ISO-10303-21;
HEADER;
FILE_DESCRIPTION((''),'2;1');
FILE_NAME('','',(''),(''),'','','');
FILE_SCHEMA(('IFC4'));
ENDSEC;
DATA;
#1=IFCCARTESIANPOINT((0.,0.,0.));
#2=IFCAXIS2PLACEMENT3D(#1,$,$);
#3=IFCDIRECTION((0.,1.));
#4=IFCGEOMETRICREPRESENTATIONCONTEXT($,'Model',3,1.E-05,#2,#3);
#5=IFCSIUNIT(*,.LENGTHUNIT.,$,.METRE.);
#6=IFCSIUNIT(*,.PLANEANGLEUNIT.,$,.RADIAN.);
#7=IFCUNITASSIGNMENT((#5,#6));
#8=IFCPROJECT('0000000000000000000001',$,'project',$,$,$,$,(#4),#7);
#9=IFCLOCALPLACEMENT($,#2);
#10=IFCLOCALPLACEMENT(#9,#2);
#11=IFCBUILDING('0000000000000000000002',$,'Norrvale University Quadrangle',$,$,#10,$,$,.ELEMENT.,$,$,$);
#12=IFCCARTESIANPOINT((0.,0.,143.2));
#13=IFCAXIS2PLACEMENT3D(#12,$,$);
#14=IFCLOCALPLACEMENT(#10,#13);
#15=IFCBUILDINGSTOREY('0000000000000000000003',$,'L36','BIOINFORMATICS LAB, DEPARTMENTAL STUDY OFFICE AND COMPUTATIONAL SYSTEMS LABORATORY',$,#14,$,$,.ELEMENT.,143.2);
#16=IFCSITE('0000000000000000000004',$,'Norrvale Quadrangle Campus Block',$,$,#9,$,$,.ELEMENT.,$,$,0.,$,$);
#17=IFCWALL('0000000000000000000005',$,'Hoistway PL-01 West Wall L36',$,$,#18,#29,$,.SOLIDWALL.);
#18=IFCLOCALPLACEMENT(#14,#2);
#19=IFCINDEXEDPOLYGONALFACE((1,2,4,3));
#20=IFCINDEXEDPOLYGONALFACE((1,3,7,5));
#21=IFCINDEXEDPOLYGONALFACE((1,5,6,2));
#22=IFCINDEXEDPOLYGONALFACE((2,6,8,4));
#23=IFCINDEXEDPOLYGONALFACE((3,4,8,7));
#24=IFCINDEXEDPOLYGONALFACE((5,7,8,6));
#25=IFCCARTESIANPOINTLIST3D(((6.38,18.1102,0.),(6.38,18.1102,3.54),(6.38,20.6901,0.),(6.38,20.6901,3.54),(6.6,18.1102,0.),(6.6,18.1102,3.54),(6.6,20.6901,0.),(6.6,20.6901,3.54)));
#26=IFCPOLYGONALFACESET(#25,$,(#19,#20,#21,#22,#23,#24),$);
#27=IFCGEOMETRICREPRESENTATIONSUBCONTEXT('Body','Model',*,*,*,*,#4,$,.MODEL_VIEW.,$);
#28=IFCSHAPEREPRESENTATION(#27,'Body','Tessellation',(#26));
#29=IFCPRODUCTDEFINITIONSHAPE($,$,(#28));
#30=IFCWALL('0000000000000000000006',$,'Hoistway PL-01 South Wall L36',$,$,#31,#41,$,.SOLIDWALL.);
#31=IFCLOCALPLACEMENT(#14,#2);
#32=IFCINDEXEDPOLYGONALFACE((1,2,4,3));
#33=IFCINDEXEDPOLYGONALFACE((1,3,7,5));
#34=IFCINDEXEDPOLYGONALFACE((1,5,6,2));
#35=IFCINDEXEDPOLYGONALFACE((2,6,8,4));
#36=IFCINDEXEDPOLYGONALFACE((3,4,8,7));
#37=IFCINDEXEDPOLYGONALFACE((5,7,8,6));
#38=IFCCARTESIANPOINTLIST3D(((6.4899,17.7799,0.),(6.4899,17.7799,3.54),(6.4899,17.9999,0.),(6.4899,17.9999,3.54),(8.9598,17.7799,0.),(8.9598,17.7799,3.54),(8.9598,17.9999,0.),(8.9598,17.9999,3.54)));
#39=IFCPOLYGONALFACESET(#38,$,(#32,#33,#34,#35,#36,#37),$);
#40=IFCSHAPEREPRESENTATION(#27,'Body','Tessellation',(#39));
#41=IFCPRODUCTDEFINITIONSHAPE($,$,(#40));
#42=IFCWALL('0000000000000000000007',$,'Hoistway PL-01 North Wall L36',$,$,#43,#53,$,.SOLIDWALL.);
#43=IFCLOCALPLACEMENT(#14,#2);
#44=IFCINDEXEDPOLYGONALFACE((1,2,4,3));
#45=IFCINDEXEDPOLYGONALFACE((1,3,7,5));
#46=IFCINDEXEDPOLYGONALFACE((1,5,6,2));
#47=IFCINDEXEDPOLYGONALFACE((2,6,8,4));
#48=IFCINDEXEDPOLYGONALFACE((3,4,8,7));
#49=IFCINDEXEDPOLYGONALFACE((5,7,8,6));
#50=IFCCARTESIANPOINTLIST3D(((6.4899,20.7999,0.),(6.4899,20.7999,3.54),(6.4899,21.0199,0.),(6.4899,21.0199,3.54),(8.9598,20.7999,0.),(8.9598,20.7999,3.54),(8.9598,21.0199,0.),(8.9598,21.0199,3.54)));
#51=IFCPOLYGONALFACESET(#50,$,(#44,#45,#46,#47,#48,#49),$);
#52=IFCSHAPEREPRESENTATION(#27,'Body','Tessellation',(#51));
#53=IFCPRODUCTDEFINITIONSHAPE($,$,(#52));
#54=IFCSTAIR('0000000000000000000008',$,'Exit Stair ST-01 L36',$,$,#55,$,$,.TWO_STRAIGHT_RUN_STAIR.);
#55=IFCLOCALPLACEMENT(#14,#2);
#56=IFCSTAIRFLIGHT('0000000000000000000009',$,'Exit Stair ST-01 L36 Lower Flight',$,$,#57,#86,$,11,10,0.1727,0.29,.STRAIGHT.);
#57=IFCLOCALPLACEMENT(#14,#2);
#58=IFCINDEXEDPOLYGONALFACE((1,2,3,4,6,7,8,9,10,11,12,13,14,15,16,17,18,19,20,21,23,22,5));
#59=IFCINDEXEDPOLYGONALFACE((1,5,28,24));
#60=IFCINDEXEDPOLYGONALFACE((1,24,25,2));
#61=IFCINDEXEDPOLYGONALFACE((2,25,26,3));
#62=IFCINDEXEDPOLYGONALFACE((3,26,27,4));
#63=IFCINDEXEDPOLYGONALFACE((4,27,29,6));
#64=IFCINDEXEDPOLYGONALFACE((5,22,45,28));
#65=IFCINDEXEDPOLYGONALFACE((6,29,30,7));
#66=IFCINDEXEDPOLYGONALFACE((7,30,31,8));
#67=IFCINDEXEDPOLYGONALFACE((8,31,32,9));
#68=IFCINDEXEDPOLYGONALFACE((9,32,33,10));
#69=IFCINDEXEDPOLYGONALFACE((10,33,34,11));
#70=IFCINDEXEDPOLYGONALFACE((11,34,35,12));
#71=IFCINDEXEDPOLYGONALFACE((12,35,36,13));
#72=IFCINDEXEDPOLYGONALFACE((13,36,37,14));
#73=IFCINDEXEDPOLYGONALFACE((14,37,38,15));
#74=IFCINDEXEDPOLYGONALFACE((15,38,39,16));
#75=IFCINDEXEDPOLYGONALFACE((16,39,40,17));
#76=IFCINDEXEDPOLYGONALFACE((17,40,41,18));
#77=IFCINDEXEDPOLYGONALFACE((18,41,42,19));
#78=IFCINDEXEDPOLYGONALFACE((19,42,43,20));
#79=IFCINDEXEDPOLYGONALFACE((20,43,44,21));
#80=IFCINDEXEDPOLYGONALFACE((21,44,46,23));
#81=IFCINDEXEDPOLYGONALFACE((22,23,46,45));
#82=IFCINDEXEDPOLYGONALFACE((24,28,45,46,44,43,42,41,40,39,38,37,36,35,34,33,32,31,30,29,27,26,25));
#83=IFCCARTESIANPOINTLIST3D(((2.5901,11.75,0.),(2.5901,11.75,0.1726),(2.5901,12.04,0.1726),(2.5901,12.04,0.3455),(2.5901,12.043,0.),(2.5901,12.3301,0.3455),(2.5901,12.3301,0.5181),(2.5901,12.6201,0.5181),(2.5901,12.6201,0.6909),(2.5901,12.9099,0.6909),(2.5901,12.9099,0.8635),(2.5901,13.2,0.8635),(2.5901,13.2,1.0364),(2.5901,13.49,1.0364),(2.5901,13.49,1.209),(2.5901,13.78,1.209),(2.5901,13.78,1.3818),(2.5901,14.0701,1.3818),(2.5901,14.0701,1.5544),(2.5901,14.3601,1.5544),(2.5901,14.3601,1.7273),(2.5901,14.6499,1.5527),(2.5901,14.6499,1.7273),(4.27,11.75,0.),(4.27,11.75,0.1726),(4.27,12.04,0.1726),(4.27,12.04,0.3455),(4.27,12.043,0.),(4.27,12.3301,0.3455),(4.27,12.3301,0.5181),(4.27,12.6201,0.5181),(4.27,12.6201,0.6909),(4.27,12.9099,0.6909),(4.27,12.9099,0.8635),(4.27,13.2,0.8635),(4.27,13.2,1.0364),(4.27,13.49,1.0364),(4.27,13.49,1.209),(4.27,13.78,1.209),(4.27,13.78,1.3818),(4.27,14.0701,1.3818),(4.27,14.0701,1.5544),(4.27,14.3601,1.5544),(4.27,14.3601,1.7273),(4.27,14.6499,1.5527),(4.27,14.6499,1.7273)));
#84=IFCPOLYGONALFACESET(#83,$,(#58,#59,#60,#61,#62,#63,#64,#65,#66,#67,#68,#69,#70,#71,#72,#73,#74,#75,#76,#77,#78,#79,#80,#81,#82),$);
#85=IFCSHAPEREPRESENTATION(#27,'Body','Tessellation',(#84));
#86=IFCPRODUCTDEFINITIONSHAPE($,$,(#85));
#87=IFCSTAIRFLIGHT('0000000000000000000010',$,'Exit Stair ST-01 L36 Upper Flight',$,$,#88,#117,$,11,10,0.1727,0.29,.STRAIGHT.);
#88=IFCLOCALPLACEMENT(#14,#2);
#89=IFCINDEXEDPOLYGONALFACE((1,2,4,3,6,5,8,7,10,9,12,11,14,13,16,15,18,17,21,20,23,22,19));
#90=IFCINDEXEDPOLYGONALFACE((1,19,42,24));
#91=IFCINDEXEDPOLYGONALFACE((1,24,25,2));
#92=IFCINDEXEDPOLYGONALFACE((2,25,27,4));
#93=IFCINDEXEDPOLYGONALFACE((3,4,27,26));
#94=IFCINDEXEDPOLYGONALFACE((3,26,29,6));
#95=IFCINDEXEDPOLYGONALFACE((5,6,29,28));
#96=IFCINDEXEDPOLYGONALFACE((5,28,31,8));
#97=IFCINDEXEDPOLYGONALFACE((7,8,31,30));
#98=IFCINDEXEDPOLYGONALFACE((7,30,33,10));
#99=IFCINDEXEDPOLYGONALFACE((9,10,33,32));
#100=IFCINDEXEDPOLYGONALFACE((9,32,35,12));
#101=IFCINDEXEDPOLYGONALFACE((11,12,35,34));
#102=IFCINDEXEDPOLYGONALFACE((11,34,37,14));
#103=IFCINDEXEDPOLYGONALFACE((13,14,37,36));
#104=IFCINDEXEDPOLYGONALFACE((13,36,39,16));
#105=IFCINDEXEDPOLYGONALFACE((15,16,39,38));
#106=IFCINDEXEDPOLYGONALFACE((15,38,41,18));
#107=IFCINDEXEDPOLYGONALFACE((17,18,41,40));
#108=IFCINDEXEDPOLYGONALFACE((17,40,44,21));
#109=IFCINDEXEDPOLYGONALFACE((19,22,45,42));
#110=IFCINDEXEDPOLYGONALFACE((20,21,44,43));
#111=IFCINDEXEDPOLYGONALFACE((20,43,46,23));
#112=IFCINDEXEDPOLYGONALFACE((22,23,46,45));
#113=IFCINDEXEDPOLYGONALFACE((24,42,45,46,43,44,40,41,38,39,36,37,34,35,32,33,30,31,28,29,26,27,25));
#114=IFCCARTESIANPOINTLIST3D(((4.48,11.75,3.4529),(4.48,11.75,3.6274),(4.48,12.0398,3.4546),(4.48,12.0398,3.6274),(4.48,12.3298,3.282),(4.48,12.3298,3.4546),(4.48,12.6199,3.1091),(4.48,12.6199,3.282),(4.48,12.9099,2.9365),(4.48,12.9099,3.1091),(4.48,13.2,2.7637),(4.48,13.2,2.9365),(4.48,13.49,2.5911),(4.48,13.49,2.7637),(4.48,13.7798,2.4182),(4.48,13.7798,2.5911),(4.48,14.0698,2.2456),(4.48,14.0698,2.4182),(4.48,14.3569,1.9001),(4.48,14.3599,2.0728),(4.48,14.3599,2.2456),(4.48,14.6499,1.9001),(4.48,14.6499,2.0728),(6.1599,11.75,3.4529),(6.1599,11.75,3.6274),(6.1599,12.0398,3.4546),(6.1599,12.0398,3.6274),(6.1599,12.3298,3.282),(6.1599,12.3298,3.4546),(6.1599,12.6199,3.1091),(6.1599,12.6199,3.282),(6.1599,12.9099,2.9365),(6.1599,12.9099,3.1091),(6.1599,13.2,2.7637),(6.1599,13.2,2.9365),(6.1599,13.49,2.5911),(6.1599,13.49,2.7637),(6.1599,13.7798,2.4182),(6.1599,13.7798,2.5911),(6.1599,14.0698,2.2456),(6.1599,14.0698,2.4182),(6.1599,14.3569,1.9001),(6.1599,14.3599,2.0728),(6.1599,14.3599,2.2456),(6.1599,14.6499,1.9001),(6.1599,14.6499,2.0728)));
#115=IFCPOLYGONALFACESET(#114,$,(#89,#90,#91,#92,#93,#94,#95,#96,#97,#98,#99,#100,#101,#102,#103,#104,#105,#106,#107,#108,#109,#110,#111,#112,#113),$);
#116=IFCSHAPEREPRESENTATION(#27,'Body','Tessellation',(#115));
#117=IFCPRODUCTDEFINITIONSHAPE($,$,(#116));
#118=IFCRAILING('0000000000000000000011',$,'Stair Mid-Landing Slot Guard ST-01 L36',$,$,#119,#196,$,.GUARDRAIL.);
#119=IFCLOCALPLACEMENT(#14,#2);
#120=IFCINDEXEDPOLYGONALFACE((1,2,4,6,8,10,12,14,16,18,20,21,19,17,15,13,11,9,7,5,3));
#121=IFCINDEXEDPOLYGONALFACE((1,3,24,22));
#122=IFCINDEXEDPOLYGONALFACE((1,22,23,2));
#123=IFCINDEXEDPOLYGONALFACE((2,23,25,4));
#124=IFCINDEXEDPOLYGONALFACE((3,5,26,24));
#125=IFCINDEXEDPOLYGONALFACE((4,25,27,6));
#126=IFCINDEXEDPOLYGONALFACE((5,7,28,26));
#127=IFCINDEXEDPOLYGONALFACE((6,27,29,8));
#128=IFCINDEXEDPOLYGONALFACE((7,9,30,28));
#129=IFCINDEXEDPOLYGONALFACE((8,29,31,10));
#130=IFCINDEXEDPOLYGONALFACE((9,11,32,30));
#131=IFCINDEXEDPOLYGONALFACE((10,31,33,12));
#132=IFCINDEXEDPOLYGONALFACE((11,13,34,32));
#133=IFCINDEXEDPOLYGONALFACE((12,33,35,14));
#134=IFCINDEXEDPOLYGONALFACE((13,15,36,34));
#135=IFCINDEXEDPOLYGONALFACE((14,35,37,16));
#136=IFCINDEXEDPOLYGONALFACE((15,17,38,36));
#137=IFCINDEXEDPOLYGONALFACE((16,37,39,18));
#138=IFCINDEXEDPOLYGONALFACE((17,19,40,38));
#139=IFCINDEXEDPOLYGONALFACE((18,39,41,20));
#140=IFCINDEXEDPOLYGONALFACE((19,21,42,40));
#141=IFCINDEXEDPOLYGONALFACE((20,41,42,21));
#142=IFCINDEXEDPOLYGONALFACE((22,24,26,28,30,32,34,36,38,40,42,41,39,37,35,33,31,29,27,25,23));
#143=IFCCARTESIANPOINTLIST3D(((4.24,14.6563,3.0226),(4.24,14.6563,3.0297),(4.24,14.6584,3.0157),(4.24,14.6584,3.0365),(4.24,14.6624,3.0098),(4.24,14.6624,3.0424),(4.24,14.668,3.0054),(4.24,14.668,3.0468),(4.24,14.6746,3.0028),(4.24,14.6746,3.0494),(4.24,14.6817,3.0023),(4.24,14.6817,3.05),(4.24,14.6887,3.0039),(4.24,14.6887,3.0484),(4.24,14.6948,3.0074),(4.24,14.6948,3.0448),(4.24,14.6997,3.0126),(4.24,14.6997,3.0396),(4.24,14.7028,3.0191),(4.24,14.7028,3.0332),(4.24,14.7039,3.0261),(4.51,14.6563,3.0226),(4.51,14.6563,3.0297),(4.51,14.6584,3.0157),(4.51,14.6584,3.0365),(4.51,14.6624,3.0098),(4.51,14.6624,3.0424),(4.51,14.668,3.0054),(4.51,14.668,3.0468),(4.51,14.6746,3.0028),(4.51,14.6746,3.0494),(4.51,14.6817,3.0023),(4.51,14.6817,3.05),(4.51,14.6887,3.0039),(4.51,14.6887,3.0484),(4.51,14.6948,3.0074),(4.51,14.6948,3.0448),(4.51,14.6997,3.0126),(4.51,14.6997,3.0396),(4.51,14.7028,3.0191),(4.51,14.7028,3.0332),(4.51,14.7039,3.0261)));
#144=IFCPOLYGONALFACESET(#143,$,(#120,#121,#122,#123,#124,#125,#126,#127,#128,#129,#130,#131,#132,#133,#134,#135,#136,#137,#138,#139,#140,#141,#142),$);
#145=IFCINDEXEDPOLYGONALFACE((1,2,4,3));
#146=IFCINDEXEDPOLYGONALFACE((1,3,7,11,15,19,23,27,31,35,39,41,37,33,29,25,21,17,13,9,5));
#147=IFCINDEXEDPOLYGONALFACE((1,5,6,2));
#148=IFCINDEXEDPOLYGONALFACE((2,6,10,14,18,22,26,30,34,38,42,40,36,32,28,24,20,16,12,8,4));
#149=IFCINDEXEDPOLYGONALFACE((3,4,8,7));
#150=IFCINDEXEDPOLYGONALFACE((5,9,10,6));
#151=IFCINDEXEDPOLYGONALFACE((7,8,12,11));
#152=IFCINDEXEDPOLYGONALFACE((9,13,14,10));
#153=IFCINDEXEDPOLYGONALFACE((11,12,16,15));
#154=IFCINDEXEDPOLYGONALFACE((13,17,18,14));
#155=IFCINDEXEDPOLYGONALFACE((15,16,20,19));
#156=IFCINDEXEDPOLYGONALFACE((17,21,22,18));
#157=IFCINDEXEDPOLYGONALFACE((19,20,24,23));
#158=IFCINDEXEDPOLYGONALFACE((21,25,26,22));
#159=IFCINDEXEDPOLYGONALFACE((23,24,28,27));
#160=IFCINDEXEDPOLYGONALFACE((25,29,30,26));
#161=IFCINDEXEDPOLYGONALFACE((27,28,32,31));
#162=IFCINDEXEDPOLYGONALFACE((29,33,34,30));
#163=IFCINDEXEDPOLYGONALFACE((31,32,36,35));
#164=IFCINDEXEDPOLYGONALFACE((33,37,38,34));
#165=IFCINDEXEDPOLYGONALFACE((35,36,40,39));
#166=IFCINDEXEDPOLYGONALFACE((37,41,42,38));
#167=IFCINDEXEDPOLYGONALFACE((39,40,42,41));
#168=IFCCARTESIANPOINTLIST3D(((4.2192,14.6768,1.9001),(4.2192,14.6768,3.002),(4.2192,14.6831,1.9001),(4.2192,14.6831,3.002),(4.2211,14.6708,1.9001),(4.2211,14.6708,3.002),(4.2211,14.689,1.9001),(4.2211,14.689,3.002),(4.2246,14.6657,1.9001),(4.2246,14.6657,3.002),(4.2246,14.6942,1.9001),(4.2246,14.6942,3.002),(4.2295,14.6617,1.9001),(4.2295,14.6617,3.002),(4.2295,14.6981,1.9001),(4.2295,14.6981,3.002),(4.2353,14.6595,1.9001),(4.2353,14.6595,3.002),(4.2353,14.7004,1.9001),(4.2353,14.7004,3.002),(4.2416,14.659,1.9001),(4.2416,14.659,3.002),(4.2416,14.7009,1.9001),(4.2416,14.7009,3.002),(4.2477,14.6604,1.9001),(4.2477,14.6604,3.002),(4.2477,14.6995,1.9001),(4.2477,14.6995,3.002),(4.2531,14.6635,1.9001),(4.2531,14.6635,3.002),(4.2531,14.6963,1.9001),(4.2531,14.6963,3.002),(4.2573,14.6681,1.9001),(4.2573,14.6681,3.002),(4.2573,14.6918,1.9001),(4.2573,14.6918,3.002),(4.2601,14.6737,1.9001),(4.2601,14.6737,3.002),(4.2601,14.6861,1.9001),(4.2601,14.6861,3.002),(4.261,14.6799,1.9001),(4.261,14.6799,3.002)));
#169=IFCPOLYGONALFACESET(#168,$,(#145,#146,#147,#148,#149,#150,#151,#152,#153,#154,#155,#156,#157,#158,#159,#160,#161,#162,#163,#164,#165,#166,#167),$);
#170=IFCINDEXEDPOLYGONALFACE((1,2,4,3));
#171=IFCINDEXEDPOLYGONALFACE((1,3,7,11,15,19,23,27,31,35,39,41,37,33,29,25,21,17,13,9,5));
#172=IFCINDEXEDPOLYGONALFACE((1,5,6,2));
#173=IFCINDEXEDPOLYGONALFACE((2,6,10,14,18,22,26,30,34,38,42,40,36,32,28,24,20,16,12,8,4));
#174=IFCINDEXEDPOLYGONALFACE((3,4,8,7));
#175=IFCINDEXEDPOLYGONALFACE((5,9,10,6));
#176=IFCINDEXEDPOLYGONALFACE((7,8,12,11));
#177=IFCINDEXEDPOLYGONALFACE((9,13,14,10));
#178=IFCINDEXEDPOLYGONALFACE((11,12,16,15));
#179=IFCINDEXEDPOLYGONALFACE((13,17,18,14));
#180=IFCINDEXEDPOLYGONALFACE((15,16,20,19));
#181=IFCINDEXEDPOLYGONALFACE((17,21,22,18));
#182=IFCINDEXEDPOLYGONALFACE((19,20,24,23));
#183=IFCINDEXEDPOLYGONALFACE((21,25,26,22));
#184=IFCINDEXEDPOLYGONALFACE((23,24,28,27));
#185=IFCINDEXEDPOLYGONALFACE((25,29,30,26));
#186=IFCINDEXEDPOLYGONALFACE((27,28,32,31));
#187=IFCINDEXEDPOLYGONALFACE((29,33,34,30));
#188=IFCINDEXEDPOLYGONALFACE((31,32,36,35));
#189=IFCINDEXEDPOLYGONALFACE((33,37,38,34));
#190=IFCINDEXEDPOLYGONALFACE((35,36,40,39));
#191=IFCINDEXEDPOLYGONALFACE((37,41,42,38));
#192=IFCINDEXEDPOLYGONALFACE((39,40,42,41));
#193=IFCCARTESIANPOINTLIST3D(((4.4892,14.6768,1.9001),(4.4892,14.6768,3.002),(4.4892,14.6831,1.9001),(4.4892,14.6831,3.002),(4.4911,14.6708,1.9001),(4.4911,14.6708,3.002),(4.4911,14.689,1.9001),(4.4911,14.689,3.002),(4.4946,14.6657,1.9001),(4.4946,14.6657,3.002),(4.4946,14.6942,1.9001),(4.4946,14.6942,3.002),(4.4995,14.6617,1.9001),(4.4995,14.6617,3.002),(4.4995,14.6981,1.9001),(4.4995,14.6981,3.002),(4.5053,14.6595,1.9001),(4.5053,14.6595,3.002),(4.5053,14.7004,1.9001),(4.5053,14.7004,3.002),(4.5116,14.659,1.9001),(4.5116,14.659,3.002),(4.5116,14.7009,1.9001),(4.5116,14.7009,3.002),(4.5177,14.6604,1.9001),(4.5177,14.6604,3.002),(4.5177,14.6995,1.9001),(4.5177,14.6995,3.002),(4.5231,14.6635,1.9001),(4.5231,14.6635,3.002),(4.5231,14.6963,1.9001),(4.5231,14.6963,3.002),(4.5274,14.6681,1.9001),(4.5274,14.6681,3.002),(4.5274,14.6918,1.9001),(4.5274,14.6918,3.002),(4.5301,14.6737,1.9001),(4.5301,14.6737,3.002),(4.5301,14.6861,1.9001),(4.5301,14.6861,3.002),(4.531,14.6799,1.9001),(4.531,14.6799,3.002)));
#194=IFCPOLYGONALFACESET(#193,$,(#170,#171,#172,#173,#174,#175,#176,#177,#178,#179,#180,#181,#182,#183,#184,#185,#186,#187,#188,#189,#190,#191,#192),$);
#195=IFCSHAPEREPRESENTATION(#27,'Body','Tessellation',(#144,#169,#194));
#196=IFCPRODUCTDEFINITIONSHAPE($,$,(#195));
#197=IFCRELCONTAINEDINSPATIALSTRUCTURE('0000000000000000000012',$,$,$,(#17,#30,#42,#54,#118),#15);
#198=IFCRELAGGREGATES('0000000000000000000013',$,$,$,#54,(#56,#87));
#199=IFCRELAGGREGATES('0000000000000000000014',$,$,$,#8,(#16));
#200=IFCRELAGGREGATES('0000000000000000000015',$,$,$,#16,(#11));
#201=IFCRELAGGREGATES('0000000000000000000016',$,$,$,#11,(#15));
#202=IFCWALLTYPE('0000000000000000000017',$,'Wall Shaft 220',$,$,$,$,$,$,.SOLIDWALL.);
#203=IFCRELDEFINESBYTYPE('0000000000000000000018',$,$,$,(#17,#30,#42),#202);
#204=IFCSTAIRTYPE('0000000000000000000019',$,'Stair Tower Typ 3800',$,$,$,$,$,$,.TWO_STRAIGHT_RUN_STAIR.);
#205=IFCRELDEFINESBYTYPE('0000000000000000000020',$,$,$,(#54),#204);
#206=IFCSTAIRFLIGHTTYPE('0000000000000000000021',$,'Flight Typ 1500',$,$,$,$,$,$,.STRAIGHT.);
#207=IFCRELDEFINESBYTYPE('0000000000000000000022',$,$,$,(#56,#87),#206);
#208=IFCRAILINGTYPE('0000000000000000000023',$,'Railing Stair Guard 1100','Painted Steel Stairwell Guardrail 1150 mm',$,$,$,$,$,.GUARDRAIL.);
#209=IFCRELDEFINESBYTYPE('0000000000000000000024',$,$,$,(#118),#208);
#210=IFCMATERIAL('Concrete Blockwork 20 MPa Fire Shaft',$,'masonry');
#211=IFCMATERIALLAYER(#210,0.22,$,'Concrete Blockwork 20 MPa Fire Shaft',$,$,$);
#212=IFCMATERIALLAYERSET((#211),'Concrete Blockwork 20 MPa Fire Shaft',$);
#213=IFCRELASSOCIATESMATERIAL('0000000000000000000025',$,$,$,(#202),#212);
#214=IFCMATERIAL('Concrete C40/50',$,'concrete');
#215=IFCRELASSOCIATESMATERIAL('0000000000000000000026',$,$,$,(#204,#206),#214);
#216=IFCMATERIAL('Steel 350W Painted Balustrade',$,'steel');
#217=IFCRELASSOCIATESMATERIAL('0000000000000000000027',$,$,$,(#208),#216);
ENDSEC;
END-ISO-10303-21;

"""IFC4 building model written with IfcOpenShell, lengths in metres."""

from ifc_helpers import new_model, si_unit, direction, frame, frame_2d, origin, origin_2d, place, context, subcontext, project, spatial, polyline, rectangle, circle, outline, extrude, material, layer, layer_set, type_object, element, aggregate, save


model = new_model("IFC4")

# Units and contexts
model_context = context("Model", 3, precision=1e-05, world=origin(), true_north=direction((0.0, 1.0)))
body_context = subcontext(model_context, "Body", "Model", "MODEL_VIEW")
ifc_project = project(units=[si_unit("LENGTHUNIT", "METRE"), si_unit("PLANEANGLEUNIT", "RADIAN")], contexts=[model_context])

# Site, building, storey
site_placement = place(None, origin())
site = spatial("IfcSite", under=ifc_project, at=site_placement, Name="Norrvale Quadrangle Campus Block", CompositionType="ELEMENT", RefElevation=0.0)
building_placement = place(site_placement, origin())
building = spatial("IfcBuilding", under=site, at=building_placement, Name="Norrvale University Quadrangle", CompositionType="ELEMENT")
storey_placement = place(building_placement, frame((0.0, 0.0, 143.2)))
storey = spatial("IfcBuildingStorey", under=building, at=storey_placement, Name="L36", Description="BIOINFORMATICS LAB, DEPARTMENTAL STUDY OFFICE AND COMPUTATIONAL SYSTEMS LABORATORY", CompositionType="ELEMENT", Elevation=143.2)

# Walls
ifc_material_1 = material(Name="Concrete Blockwork 20 MPa Fire Shaft", Category="masonry")
ifc_layer_1 = layer(ifc_material_1, 0.22, Name="Concrete Blockwork 20 MPa Fire Shaft")
ifc_layer_set_1 = layer_set([ifc_layer_1], Name="Concrete Blockwork 20 MPa Fire Shaft")
wall_type_1 = type_object("IfcWallType", Name="Wall Shaft 220", PredefinedType="SOLIDWALL", material=ifc_layer_set_1)
wall_1_placement = place(storey_placement, frame((6.49, 18.1101, 0.0), z_axis=(0.0, 0.0, 1.0), x_axis=(0.0, 1.0, 0.0)))
element("IfcWall", 1, at=wall_1_placement, inside=storey, type_object=wall_type_1, Name="Hoistway PL-01 West Wall L36", PredefinedType="SOLIDWALL", context=body_context, shape_type="SweptSolid", body=[
    extrude(rectangle(XDim=2.5798, YDim=0.22, at=frame_2d((1.29, 0.0))), origin(), (0.0, 0.0, 1.0), 3.54),
])
for number, where, z_axis, x_axis, name in (
    (2, (6.49, 17.8899, 0.0), (0.0, 0.0, 1.0), (1.0, 0.0, 0.0), "Hoistway PL-01 South Wall L36"),
    (3, (6.49, 20.9099, 0.0), (0.0, 0.0, 1.0), (1.0, 0.0, 0.0), "Hoistway PL-01 North Wall L36"),
):
    element("IfcWall", number, at=place(storey_placement, frame(where, z_axis=z_axis, x_axis=x_axis)), inside=storey, type_object=wall_type_1, Name=name, PredefinedType="SOLIDWALL", context=body_context, shape_type="SweptSolid", body=[
        extrude(rectangle(XDim=2.47, YDim=0.22, at=frame_2d((1.2349, 0.0))), origin(), (0.0, 0.0, 1.0), 3.54),
    ])

# Stair, stair flights
ifc_material_2 = material(Name="Concrete C40/50", Category="concrete")
stair_type = type_object("IfcStairType", Name="Stair Tower Typ 3800", PredefinedType="TWO_STRAIGHT_RUN_STAIR", material=ifc_material_2)
stair_placement = place(storey_placement, origin())
stair = element("IfcStair", 4, at=stair_placement, inside=storey, type_object=stair_type, Name="Exit Stair ST-01 L36", PredefinedType="TWO_STRAIGHT_RUN_STAIR")
stair_flight_type = type_object("IfcStairFlightType", Name="Flight Typ 1500", PredefinedType="STRAIGHT", material=ifc_material_2)
stair_flight_1_placement = place(storey_placement, frame((3.4299, 11.75, 0.0), z_axis=(0.0, 0.0, 1.0), x_axis=(0.0, 1.0, 0.0)))
stair_flight_1 = element("IfcStairFlight", 5, at=stair_flight_1_placement, type_object=stair_flight_type, Name="Exit Stair ST-01 L36 Lower Flight", NumberOfRisers=11, NumberOfTreads=10, PredefinedType="STRAIGHT", RiserHeight=0.1727, TreadLength=0.29, context=body_context, shape_type="SweptSolid", body=[
    extrude(outline(polyline([(0.0, 0.0), (0.0, 0.1726), (0.29, 0.1726), (0.29, 0.3455), (0.5801, 0.3455), (0.5801, 0.5181), (0.8701, 0.5181), (0.8701, 0.6909), (1.1599, 0.6909), (1.1599, 0.8635), (1.45, 0.8635), (1.45, 1.0364), (1.74, 1.0364), (1.74, 1.209), (2.03, 1.209), (2.03, 1.3818), (2.3201, 1.3818), (2.3201, 1.5544), (2.6101, 1.5544), (2.6101, 1.7273), (2.8999, 1.7273), (2.8999, 1.8999), (2.8999, 1.5527), (0.293, 0.0), (0.0, 0.0)])), frame((0.0, 0.8398, 0.0), z_axis=(0.0, -1.0, 0.0), x_axis=(1.0, 0.0, 0.0)), (0.0, 0.0, 1.0), 1.6799),
])
stair_flight_2_placement = place(storey_placement, frame((5.3201, 14.6499, 1.9001), z_axis=(0.0, 0.0, 1.0), x_axis=(0.0, -1.0, 0.0)))
stair_flight_2 = element("IfcStairFlight", 6, at=stair_flight_2_placement, type_object=stair_flight_type, Name="Exit Stair ST-01 L36 Upper Flight", NumberOfRisers=11, NumberOfTreads=10, PredefinedType="STRAIGHT", RiserHeight=0.1727, TreadLength=0.29, context=body_context, shape_type="SweptSolid", body=[
    extrude(outline(polyline([(0.0, 0.0), (0.0, 0.1726), (0.29, 0.1726), (0.29, 0.3455), (0.5801, 0.3455), (0.5801, 0.5181), (0.8701, 0.5181), (0.8701, 0.6909), (1.1599, 0.6909), (1.1599, 0.8635), (1.45, 0.8635), (1.45, 1.0364), (1.74, 1.0364), (1.74, 1.209), (2.03, 1.209), (2.03, 1.3818), (2.3201, 1.3818), (2.3201, 1.5544), (2.6101, 1.5544), (2.6101, 1.7273), (2.8999, 1.7273), (2.8999, 1.8999), (2.8999, 1.5527), (0.293, 0.0), (0.0, 0.0)])), frame((0.0, 0.8398, 0.0), z_axis=(0.0, -1.0, 0.0), x_axis=(1.0, 0.0, 0.0)), (0.0, 0.0, 1.0), 1.6799),
])
aggregate(stair, [stair_flight_1, stair_flight_2])

# Railing
ifc_material_3 = material(Name="Steel 350W Painted Balustrade", Category="steel")
railing_type_1 = type_object("IfcRailingType", Name="Railing Stair Guard 1100", Description="Painted Steel Stairwell Guardrail 1150 mm", PredefinedType="GUARDRAIL", material=ifc_material_3)
railing_1_placement = place(storey_placement, frame((4.24, 14.6799, 1.9001)))
element("IfcRailing", 7, at=railing_1_placement, inside=storey, type_object=railing_type_1, Name="Stair Mid-Landing Slot Guard ST-01 L36", PredefinedType="GUARDRAIL", context=body_context, shape_type="SweptSolid", body=[
    extrude(circle(Radius=0.0239, at=origin_2d()), frame((0.0, 0.0, 1.126), z_axis=(1.0, 0.0, 0.0), x_axis=(0.0, 1.0, 0.0)), (0.0, 0.0, 1.0), 0.27),
    extrude(circle(Radius=0.021, at=origin_2d()), origin(), (0.0, 0.0, 1.0), 1.1018),
    extrude(circle(Radius=0.021, at=origin_2d()), frame((0.27, 0.0, 0.0)), (0.0, 0.0, 1.0), 1.1018),
])

save(model, "model.ifc")
